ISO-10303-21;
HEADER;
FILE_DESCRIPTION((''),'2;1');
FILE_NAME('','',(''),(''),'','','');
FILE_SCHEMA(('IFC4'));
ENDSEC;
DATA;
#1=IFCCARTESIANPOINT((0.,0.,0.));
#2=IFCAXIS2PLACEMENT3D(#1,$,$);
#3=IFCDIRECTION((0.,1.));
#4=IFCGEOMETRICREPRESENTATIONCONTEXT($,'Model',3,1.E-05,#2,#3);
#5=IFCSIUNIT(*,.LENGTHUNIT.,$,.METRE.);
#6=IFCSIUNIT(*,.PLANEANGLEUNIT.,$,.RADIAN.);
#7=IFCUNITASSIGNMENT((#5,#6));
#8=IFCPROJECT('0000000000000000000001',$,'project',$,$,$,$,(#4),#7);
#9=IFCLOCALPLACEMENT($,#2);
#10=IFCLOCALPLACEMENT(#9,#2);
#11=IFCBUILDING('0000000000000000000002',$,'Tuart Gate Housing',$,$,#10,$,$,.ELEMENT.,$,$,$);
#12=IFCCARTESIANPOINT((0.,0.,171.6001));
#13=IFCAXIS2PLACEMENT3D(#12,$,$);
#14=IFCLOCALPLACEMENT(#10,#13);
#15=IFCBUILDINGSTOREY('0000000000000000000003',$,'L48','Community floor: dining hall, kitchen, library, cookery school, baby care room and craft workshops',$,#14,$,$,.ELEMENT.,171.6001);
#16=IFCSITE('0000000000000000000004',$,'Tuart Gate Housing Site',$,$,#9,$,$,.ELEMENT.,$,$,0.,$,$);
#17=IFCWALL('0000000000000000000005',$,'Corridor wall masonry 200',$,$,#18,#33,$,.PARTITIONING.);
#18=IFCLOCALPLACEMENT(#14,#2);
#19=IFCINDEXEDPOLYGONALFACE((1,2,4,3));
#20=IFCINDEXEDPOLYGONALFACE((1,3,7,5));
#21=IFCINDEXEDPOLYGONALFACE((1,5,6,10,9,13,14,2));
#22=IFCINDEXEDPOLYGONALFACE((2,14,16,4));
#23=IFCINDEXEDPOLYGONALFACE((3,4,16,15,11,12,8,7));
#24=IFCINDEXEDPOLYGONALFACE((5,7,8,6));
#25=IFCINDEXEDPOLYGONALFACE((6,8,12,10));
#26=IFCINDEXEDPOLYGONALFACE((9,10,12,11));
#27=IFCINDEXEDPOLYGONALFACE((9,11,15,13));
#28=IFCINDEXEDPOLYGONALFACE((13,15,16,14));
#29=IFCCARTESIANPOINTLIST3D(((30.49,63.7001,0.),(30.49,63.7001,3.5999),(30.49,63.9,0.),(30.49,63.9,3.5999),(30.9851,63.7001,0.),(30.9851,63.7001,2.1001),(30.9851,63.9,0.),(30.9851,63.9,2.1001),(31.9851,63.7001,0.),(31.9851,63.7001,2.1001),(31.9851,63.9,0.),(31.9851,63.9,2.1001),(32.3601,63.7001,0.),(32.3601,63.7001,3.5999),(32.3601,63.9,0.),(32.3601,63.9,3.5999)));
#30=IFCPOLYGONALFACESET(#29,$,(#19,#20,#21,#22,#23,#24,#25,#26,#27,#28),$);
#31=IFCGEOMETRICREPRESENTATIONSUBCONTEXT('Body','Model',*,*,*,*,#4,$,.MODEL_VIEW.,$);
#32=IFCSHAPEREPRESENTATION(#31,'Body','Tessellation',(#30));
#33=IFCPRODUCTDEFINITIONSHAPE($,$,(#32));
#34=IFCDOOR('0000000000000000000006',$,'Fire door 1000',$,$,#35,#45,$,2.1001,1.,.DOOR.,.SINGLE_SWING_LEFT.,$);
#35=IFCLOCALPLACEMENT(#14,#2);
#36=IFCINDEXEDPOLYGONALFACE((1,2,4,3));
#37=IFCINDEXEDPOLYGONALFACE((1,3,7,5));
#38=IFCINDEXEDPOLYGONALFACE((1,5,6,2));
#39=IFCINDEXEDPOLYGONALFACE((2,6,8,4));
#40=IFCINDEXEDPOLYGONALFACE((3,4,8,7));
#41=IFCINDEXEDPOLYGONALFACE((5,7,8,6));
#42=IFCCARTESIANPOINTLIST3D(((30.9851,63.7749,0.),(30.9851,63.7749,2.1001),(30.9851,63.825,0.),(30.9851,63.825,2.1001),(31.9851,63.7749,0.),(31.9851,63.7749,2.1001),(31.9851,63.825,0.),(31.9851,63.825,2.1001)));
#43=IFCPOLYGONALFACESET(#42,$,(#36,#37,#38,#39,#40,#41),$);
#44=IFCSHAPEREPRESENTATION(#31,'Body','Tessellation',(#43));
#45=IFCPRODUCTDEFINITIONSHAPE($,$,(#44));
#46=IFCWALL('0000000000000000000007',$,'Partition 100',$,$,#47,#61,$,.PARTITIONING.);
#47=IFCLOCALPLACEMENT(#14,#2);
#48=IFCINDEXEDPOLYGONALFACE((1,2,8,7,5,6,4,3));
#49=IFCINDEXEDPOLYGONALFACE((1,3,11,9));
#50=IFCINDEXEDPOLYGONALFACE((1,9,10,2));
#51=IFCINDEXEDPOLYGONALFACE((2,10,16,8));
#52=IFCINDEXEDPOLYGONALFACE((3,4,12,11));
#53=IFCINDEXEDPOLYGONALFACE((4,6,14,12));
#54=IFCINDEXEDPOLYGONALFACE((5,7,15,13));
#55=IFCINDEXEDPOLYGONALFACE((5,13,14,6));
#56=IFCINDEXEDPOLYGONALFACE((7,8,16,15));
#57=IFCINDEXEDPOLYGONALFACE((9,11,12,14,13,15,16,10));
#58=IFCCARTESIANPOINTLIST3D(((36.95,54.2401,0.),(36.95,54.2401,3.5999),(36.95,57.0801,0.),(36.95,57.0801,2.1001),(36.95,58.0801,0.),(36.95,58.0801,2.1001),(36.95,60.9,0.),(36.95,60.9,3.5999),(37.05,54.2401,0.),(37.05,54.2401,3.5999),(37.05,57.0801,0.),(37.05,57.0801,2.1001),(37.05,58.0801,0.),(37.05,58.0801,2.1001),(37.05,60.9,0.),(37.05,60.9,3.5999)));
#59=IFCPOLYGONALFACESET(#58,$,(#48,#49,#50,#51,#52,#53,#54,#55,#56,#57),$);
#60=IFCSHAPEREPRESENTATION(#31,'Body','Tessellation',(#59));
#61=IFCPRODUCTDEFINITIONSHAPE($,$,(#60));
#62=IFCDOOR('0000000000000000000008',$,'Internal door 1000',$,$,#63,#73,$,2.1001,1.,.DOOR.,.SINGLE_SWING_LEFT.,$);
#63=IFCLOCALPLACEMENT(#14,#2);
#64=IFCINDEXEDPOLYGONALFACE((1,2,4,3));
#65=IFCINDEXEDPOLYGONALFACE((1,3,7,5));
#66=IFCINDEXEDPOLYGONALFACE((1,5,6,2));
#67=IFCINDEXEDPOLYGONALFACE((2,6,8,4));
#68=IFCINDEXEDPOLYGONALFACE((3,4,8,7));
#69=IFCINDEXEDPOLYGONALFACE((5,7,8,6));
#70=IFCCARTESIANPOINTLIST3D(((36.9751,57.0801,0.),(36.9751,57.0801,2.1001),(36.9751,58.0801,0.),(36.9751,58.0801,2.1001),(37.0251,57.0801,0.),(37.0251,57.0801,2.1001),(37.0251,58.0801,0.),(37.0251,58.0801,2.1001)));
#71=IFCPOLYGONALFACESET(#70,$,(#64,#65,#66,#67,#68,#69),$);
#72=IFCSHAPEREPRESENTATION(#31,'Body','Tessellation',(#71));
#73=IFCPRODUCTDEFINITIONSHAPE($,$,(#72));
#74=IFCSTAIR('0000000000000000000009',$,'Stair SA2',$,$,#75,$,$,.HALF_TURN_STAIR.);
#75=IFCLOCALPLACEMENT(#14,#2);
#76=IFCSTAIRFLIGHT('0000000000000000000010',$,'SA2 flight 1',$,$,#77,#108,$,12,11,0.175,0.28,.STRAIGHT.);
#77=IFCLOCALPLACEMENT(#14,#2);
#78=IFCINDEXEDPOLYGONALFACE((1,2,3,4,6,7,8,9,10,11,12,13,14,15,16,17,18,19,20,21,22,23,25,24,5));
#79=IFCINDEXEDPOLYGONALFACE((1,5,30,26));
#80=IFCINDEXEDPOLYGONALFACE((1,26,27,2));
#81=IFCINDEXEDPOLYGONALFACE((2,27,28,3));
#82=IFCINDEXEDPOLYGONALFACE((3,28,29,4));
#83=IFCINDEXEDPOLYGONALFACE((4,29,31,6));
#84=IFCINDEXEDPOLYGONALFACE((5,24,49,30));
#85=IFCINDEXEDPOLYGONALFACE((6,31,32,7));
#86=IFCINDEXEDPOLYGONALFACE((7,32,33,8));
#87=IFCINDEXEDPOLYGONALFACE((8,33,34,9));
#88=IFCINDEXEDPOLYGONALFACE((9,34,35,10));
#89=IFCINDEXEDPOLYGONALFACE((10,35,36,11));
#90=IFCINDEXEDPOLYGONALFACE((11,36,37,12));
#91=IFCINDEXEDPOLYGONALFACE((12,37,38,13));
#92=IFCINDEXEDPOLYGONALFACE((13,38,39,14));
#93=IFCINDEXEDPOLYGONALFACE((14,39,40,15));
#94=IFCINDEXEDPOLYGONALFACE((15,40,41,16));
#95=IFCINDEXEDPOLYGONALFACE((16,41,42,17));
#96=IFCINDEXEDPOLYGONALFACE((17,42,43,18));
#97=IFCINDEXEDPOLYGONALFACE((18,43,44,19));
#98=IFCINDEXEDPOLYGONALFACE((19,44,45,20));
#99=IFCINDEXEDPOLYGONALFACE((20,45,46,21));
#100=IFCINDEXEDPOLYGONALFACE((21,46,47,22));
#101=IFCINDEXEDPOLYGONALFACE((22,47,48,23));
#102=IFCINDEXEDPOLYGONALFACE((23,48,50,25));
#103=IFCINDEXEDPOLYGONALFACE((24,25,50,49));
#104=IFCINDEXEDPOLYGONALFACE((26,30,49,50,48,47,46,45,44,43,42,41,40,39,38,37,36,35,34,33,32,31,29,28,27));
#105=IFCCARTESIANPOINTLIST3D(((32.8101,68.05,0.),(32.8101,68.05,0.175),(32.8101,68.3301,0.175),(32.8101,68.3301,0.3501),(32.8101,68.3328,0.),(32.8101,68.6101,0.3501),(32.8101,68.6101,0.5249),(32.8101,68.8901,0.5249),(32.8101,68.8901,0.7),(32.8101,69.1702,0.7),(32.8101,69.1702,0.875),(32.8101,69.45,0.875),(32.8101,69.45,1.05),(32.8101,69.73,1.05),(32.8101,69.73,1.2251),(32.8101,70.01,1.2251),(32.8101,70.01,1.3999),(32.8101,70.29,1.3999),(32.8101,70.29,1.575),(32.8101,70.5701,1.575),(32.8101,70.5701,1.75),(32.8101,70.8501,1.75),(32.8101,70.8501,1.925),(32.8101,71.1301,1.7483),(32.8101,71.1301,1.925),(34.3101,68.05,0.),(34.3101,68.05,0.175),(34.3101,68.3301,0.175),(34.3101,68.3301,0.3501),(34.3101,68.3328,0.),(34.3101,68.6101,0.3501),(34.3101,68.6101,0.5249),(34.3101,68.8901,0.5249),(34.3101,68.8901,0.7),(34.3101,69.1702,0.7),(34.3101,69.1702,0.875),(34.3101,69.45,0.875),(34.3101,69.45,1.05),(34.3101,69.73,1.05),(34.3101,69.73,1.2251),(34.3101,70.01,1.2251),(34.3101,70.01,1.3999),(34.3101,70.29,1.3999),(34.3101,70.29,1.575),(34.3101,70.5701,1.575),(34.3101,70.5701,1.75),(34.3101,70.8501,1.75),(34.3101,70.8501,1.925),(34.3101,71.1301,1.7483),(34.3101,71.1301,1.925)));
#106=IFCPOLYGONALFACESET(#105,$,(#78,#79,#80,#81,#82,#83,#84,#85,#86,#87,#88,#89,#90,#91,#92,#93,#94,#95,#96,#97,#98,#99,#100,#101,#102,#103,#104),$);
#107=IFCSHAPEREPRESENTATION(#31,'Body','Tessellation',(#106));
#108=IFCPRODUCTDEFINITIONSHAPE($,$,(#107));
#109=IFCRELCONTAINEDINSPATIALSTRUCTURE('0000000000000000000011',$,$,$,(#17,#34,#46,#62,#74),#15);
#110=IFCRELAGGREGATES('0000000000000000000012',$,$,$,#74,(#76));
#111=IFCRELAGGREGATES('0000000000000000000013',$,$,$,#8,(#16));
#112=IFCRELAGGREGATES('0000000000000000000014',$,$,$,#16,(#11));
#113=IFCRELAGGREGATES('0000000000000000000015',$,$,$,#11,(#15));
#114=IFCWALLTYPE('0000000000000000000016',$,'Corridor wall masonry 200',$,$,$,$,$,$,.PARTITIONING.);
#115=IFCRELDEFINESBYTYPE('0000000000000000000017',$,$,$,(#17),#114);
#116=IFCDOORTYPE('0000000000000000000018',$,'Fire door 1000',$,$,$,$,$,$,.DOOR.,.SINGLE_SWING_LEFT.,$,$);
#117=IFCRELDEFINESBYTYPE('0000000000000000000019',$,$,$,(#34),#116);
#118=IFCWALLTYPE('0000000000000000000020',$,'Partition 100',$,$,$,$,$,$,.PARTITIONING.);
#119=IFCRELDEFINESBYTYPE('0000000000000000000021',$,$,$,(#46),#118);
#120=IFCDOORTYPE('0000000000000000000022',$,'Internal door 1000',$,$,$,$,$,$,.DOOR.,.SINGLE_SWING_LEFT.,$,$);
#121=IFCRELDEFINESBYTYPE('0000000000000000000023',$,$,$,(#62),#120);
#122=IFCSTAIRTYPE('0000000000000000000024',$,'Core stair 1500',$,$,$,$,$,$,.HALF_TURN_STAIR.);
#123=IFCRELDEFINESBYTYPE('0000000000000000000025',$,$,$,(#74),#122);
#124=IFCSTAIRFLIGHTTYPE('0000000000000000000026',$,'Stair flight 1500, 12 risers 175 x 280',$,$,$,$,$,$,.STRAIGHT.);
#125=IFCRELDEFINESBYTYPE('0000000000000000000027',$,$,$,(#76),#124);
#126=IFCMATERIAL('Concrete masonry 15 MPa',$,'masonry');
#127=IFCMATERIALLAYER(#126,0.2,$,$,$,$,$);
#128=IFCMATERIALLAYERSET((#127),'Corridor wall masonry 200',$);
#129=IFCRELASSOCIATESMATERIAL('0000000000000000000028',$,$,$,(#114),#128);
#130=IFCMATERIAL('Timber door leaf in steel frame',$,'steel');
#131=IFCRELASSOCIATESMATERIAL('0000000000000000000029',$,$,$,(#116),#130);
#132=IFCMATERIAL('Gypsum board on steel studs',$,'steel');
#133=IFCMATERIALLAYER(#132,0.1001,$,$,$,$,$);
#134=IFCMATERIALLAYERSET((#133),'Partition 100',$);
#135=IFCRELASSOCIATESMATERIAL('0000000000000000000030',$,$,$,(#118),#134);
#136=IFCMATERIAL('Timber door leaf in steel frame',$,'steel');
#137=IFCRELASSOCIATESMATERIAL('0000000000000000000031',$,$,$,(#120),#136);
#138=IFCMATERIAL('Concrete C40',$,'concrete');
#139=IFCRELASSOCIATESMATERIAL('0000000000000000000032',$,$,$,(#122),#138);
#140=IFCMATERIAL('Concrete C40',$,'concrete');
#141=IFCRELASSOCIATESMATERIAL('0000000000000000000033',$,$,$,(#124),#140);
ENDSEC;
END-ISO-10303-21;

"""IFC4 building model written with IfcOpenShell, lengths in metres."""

from ifc_helpers import new_model, si_unit, direction, frame, frame_2d, origin, place, context, subcontext, project, spatial, polyline, rectangle, outline, extrude, material, layer, layer_set, type_object, element, fill, aggregate, save


model = new_model("IFC4")

# Units and contexts
model_context = context("Model", 3, precision=1e-05, world=origin(), true_north=direction((0.0, 1.0)))
body_context = subcontext(model_context, "Body", "Model", "MODEL_VIEW")
ifc_project = project(units=[si_unit("LENGTHUNIT", "METRE"), si_unit("PLANEANGLEUNIT", "RADIAN")], contexts=[model_context])

# Site, building, storey
site_placement = place(None, origin())
site = spatial("IfcSite", under=ifc_project, at=site_placement, Name="Tuart Gate Housing Site", CompositionType="ELEMENT", RefElevation=0.0)
building_placement = place(site_placement, origin())
building = spatial("IfcBuilding", under=site, at=building_placement, Name="Tuart Gate Housing", CompositionType="ELEMENT")
storey_placement = place(building_placement, frame((0.0, 0.0, 171.6001)))
storey = spatial("IfcBuildingStorey", under=building, at=storey_placement, Name="L48", Description="Community floor: dining hall, kitchen, library, cookery school, baby care room and craft workshops", CompositionType="ELEMENT", Elevation=171.6001)

# Shared definitions
ifc_material_1 = material(Name="Concrete masonry 15 MPa", Category="masonry")
ifc_layer_1 = layer(ifc_material_1, 0.2)
ifc_layer_set_1 = layer_set([ifc_layer_1], Name="Corridor wall masonry 200")
wall_type_1 = type_object("IfcWallType", Name="Corridor wall masonry 200", PredefinedType="PARTITIONING", material=ifc_layer_set_1)

# Walls, openings, doors
wall_1_placement = place(storey_placement, frame((30.49, 63.8, 0.0), z_axis=(0.0, 0.0, 1.0), x_axis=(1.0, 0.0, 0.0)))
wall_1 = element("IfcWall", 1, at=wall_1_placement, inside=storey, type_object=wall_type_1, Name="Corridor wall masonry 200", PredefinedType="PARTITIONING", context=body_context, shape_type="SweptSolid", body=[
    extrude(rectangle(XDim=1.8701, YDim=0.2, at=frame_2d((0.9351, 0.0))), origin(), (0.0, 0.0, 1.0), 3.5999),
])
opening_1_placement = place(wall_1_placement, frame((0.4951, 0.0, 0.0)))
opening_1 = element("IfcOpeningElement", 2, at=opening_1_placement, cuts=wall_1, PredefinedType="OPENING", context=body_context, shape_type="SweptSolid", body=[
    extrude(rectangle(XDim=1.0, YDim=2.1001, at=frame_2d((0.5, 1.05))), frame((0.0, 0.1099, 0.0), z_axis=(0.0, -1.0, 0.0), x_axis=(1.0, 0.0, 0.0)), (0.0, 0.0, 1.0), 0.22),
])
ifc_material_2 = material(Name="Timber door leaf in steel frame", Category="steel")
door_type_1 = type_object("IfcDoorType", Name="Fire door 1000", OperationType="SINGLE_SWING_LEFT", PredefinedType="DOOR", material=ifc_material_2)
door_1_placement = place(opening_1_placement, origin())
door_1 = element("IfcDoor", 3, at=door_1_placement, inside=storey, type_object=door_type_1, Name="Fire door 1000", OperationType="SINGLE_SWING_LEFT", OverallHeight=2.1001, OverallWidth=1.0, PredefinedType="DOOR", context=body_context, shape_type="SweptSolid", body=[
    extrude(rectangle(XDim=1.0, YDim=2.1001, at=frame_2d((0.5, 1.05))), frame((0.0, 0.0249, 0.0), z_axis=(0.0, -1.0, 0.0), x_axis=(1.0, 0.0, 0.0)), (0.0, 0.0, 1.0), 0.05),
])
fill(opening_1, door_1)
ifc_material_3 = material(Name="Gypsum board on steel studs", Category="steel")
ifc_layer_2 = layer(ifc_material_3, 0.1001)
ifc_layer_set_2 = layer_set([ifc_layer_2], Name="Partition 100")
wall_type_2 = type_object("IfcWallType", Name="Partition 100", PredefinedType="PARTITIONING", material=ifc_layer_set_2)
wall_2_placement = place(storey_placement, frame((37.0, 54.24, 0.0), z_axis=(0.0, 0.0, 1.0), x_axis=(0.0, 1.0, 0.0)))
wall_2 = element("IfcWall", 4, at=wall_2_placement, inside=storey, type_object=wall_type_2, Name="Partition 100", PredefinedType="PARTITIONING", context=body_context, shape_type="SweptSolid", body=[
    extrude(rectangle(XDim=6.6599, YDim=0.1001, at=frame_2d((3.3301, 0.0))), origin(), (0.0, 0.0, 1.0), 3.5999),
])
opening_2_placement = place(wall_2_placement, frame((2.8401, 0.0, 0.0)))
opening_2 = element("IfcOpeningElement", 5, at=opening_2_placement, cuts=wall_2, PredefinedType="OPENING", context=body_context, shape_type="SweptSolid", body=[
    extrude(rectangle(XDim=1.0, YDim=2.1001, at=frame_2d((0.5, 1.05))), frame((0.0, 0.0601, 0.0), z_axis=(0.0, -1.0, 0.0), x_axis=(1.0, 0.0, 0.0)), (0.0, 0.0, 1.0), 0.1201),
])
ifc_material_4 = material(Name="Timber door leaf in steel frame", Category="steel")
door_type_2 = type_object("IfcDoorType", Name="Internal door 1000", OperationType="SINGLE_SWING_LEFT", PredefinedType="DOOR", material=ifc_material_4)
door_2_placement = place(opening_2_placement, frame((1.0, 0.0, 0.0), z_axis=(0.0, 0.0, 1.0), x_axis=(-1.0, 0.0, 0.0)))
door_2 = element("IfcDoor", 6, at=door_2_placement, inside=storey, type_object=door_type_2, Name="Internal door 1000", OperationType="SINGLE_SWING_LEFT", OverallHeight=2.1001, OverallWidth=1.0, PredefinedType="DOOR", context=body_context, shape_type="SweptSolid", body=[
    extrude(rectangle(XDim=1.0, YDim=2.1001, at=frame_2d((0.5, 1.05))), frame((0.0, 0.0251, 0.0), z_axis=(0.0, -1.0, 0.0), x_axis=(1.0, 0.0, 0.0)), (0.0, 0.0, 1.0), 0.05),
])
fill(opening_2, door_2)

# Stair, stair flight
ifc_material_5 = material(Name="Concrete C40", Category="concrete")
stair_type = type_object("IfcStairType", Name="Core stair 1500", PredefinedType="HALF_TURN_STAIR", material=ifc_material_5)
stair_placement = place(storey_placement, origin())
stair = element("IfcStair", 7, at=stair_placement, inside=storey, type_object=stair_type, Name="Stair SA2", PredefinedType="HALF_TURN_STAIR")
ifc_material_6 = material(Name="Concrete C40", Category="concrete")
stair_flight_type = type_object("IfcStairFlightType", Name="Stair flight 1500, 12 risers 175 x 280", PredefinedType="STRAIGHT", material=ifc_material_6)
stair_flight_placement = place(storey_placement, frame((33.5601, 68.05, 0.0), z_axis=(0.0, 0.0, 1.0), x_axis=(0.0, 1.0, 0.0)))
stair_flight = element("IfcStairFlight", 8, at=stair_flight_placement, type_object=stair_flight_type, Name="SA2 flight 1", NumberOfRisers=12, NumberOfTreads=11, PredefinedType="STRAIGHT", RiserHeight=0.175, TreadLength=0.28, context=body_context, shape_type="SweptSolid", body=[
    extrude(outline(polyline([(0.0, 0.0), (0.0, 0.175), (0.28, 0.175), (0.28, 0.3501), (0.5601, 0.3501), (0.5601, 0.5249), (0.8401, 0.5249), (0.8401, 0.7), (1.1201, 0.7), (1.1201, 0.875), (1.3999, 0.875), (1.3999, 1.05), (1.6799, 1.05), (1.6799, 1.2251), (1.96, 1.2251), (1.96, 1.3999), (2.24, 1.3999), (2.24, 1.575), (2.52, 1.575), (2.52, 1.75), (2.8, 1.75), (2.8, 1.925), (3.0801, 1.925), (3.0801, 2.1001), (3.0801, 1.7483), (0.2827, 0.0), (0.0, 0.0)])), frame((0.0, 0.75, 0.0), z_axis=(0.0, -1.0, 0.0), x_axis=(1.0, 0.0, 0.0)), (0.0, 0.0, 1.0), 1.5),
])
aggregate(stair, [stair_flight])

save(model, "model.ifc")
